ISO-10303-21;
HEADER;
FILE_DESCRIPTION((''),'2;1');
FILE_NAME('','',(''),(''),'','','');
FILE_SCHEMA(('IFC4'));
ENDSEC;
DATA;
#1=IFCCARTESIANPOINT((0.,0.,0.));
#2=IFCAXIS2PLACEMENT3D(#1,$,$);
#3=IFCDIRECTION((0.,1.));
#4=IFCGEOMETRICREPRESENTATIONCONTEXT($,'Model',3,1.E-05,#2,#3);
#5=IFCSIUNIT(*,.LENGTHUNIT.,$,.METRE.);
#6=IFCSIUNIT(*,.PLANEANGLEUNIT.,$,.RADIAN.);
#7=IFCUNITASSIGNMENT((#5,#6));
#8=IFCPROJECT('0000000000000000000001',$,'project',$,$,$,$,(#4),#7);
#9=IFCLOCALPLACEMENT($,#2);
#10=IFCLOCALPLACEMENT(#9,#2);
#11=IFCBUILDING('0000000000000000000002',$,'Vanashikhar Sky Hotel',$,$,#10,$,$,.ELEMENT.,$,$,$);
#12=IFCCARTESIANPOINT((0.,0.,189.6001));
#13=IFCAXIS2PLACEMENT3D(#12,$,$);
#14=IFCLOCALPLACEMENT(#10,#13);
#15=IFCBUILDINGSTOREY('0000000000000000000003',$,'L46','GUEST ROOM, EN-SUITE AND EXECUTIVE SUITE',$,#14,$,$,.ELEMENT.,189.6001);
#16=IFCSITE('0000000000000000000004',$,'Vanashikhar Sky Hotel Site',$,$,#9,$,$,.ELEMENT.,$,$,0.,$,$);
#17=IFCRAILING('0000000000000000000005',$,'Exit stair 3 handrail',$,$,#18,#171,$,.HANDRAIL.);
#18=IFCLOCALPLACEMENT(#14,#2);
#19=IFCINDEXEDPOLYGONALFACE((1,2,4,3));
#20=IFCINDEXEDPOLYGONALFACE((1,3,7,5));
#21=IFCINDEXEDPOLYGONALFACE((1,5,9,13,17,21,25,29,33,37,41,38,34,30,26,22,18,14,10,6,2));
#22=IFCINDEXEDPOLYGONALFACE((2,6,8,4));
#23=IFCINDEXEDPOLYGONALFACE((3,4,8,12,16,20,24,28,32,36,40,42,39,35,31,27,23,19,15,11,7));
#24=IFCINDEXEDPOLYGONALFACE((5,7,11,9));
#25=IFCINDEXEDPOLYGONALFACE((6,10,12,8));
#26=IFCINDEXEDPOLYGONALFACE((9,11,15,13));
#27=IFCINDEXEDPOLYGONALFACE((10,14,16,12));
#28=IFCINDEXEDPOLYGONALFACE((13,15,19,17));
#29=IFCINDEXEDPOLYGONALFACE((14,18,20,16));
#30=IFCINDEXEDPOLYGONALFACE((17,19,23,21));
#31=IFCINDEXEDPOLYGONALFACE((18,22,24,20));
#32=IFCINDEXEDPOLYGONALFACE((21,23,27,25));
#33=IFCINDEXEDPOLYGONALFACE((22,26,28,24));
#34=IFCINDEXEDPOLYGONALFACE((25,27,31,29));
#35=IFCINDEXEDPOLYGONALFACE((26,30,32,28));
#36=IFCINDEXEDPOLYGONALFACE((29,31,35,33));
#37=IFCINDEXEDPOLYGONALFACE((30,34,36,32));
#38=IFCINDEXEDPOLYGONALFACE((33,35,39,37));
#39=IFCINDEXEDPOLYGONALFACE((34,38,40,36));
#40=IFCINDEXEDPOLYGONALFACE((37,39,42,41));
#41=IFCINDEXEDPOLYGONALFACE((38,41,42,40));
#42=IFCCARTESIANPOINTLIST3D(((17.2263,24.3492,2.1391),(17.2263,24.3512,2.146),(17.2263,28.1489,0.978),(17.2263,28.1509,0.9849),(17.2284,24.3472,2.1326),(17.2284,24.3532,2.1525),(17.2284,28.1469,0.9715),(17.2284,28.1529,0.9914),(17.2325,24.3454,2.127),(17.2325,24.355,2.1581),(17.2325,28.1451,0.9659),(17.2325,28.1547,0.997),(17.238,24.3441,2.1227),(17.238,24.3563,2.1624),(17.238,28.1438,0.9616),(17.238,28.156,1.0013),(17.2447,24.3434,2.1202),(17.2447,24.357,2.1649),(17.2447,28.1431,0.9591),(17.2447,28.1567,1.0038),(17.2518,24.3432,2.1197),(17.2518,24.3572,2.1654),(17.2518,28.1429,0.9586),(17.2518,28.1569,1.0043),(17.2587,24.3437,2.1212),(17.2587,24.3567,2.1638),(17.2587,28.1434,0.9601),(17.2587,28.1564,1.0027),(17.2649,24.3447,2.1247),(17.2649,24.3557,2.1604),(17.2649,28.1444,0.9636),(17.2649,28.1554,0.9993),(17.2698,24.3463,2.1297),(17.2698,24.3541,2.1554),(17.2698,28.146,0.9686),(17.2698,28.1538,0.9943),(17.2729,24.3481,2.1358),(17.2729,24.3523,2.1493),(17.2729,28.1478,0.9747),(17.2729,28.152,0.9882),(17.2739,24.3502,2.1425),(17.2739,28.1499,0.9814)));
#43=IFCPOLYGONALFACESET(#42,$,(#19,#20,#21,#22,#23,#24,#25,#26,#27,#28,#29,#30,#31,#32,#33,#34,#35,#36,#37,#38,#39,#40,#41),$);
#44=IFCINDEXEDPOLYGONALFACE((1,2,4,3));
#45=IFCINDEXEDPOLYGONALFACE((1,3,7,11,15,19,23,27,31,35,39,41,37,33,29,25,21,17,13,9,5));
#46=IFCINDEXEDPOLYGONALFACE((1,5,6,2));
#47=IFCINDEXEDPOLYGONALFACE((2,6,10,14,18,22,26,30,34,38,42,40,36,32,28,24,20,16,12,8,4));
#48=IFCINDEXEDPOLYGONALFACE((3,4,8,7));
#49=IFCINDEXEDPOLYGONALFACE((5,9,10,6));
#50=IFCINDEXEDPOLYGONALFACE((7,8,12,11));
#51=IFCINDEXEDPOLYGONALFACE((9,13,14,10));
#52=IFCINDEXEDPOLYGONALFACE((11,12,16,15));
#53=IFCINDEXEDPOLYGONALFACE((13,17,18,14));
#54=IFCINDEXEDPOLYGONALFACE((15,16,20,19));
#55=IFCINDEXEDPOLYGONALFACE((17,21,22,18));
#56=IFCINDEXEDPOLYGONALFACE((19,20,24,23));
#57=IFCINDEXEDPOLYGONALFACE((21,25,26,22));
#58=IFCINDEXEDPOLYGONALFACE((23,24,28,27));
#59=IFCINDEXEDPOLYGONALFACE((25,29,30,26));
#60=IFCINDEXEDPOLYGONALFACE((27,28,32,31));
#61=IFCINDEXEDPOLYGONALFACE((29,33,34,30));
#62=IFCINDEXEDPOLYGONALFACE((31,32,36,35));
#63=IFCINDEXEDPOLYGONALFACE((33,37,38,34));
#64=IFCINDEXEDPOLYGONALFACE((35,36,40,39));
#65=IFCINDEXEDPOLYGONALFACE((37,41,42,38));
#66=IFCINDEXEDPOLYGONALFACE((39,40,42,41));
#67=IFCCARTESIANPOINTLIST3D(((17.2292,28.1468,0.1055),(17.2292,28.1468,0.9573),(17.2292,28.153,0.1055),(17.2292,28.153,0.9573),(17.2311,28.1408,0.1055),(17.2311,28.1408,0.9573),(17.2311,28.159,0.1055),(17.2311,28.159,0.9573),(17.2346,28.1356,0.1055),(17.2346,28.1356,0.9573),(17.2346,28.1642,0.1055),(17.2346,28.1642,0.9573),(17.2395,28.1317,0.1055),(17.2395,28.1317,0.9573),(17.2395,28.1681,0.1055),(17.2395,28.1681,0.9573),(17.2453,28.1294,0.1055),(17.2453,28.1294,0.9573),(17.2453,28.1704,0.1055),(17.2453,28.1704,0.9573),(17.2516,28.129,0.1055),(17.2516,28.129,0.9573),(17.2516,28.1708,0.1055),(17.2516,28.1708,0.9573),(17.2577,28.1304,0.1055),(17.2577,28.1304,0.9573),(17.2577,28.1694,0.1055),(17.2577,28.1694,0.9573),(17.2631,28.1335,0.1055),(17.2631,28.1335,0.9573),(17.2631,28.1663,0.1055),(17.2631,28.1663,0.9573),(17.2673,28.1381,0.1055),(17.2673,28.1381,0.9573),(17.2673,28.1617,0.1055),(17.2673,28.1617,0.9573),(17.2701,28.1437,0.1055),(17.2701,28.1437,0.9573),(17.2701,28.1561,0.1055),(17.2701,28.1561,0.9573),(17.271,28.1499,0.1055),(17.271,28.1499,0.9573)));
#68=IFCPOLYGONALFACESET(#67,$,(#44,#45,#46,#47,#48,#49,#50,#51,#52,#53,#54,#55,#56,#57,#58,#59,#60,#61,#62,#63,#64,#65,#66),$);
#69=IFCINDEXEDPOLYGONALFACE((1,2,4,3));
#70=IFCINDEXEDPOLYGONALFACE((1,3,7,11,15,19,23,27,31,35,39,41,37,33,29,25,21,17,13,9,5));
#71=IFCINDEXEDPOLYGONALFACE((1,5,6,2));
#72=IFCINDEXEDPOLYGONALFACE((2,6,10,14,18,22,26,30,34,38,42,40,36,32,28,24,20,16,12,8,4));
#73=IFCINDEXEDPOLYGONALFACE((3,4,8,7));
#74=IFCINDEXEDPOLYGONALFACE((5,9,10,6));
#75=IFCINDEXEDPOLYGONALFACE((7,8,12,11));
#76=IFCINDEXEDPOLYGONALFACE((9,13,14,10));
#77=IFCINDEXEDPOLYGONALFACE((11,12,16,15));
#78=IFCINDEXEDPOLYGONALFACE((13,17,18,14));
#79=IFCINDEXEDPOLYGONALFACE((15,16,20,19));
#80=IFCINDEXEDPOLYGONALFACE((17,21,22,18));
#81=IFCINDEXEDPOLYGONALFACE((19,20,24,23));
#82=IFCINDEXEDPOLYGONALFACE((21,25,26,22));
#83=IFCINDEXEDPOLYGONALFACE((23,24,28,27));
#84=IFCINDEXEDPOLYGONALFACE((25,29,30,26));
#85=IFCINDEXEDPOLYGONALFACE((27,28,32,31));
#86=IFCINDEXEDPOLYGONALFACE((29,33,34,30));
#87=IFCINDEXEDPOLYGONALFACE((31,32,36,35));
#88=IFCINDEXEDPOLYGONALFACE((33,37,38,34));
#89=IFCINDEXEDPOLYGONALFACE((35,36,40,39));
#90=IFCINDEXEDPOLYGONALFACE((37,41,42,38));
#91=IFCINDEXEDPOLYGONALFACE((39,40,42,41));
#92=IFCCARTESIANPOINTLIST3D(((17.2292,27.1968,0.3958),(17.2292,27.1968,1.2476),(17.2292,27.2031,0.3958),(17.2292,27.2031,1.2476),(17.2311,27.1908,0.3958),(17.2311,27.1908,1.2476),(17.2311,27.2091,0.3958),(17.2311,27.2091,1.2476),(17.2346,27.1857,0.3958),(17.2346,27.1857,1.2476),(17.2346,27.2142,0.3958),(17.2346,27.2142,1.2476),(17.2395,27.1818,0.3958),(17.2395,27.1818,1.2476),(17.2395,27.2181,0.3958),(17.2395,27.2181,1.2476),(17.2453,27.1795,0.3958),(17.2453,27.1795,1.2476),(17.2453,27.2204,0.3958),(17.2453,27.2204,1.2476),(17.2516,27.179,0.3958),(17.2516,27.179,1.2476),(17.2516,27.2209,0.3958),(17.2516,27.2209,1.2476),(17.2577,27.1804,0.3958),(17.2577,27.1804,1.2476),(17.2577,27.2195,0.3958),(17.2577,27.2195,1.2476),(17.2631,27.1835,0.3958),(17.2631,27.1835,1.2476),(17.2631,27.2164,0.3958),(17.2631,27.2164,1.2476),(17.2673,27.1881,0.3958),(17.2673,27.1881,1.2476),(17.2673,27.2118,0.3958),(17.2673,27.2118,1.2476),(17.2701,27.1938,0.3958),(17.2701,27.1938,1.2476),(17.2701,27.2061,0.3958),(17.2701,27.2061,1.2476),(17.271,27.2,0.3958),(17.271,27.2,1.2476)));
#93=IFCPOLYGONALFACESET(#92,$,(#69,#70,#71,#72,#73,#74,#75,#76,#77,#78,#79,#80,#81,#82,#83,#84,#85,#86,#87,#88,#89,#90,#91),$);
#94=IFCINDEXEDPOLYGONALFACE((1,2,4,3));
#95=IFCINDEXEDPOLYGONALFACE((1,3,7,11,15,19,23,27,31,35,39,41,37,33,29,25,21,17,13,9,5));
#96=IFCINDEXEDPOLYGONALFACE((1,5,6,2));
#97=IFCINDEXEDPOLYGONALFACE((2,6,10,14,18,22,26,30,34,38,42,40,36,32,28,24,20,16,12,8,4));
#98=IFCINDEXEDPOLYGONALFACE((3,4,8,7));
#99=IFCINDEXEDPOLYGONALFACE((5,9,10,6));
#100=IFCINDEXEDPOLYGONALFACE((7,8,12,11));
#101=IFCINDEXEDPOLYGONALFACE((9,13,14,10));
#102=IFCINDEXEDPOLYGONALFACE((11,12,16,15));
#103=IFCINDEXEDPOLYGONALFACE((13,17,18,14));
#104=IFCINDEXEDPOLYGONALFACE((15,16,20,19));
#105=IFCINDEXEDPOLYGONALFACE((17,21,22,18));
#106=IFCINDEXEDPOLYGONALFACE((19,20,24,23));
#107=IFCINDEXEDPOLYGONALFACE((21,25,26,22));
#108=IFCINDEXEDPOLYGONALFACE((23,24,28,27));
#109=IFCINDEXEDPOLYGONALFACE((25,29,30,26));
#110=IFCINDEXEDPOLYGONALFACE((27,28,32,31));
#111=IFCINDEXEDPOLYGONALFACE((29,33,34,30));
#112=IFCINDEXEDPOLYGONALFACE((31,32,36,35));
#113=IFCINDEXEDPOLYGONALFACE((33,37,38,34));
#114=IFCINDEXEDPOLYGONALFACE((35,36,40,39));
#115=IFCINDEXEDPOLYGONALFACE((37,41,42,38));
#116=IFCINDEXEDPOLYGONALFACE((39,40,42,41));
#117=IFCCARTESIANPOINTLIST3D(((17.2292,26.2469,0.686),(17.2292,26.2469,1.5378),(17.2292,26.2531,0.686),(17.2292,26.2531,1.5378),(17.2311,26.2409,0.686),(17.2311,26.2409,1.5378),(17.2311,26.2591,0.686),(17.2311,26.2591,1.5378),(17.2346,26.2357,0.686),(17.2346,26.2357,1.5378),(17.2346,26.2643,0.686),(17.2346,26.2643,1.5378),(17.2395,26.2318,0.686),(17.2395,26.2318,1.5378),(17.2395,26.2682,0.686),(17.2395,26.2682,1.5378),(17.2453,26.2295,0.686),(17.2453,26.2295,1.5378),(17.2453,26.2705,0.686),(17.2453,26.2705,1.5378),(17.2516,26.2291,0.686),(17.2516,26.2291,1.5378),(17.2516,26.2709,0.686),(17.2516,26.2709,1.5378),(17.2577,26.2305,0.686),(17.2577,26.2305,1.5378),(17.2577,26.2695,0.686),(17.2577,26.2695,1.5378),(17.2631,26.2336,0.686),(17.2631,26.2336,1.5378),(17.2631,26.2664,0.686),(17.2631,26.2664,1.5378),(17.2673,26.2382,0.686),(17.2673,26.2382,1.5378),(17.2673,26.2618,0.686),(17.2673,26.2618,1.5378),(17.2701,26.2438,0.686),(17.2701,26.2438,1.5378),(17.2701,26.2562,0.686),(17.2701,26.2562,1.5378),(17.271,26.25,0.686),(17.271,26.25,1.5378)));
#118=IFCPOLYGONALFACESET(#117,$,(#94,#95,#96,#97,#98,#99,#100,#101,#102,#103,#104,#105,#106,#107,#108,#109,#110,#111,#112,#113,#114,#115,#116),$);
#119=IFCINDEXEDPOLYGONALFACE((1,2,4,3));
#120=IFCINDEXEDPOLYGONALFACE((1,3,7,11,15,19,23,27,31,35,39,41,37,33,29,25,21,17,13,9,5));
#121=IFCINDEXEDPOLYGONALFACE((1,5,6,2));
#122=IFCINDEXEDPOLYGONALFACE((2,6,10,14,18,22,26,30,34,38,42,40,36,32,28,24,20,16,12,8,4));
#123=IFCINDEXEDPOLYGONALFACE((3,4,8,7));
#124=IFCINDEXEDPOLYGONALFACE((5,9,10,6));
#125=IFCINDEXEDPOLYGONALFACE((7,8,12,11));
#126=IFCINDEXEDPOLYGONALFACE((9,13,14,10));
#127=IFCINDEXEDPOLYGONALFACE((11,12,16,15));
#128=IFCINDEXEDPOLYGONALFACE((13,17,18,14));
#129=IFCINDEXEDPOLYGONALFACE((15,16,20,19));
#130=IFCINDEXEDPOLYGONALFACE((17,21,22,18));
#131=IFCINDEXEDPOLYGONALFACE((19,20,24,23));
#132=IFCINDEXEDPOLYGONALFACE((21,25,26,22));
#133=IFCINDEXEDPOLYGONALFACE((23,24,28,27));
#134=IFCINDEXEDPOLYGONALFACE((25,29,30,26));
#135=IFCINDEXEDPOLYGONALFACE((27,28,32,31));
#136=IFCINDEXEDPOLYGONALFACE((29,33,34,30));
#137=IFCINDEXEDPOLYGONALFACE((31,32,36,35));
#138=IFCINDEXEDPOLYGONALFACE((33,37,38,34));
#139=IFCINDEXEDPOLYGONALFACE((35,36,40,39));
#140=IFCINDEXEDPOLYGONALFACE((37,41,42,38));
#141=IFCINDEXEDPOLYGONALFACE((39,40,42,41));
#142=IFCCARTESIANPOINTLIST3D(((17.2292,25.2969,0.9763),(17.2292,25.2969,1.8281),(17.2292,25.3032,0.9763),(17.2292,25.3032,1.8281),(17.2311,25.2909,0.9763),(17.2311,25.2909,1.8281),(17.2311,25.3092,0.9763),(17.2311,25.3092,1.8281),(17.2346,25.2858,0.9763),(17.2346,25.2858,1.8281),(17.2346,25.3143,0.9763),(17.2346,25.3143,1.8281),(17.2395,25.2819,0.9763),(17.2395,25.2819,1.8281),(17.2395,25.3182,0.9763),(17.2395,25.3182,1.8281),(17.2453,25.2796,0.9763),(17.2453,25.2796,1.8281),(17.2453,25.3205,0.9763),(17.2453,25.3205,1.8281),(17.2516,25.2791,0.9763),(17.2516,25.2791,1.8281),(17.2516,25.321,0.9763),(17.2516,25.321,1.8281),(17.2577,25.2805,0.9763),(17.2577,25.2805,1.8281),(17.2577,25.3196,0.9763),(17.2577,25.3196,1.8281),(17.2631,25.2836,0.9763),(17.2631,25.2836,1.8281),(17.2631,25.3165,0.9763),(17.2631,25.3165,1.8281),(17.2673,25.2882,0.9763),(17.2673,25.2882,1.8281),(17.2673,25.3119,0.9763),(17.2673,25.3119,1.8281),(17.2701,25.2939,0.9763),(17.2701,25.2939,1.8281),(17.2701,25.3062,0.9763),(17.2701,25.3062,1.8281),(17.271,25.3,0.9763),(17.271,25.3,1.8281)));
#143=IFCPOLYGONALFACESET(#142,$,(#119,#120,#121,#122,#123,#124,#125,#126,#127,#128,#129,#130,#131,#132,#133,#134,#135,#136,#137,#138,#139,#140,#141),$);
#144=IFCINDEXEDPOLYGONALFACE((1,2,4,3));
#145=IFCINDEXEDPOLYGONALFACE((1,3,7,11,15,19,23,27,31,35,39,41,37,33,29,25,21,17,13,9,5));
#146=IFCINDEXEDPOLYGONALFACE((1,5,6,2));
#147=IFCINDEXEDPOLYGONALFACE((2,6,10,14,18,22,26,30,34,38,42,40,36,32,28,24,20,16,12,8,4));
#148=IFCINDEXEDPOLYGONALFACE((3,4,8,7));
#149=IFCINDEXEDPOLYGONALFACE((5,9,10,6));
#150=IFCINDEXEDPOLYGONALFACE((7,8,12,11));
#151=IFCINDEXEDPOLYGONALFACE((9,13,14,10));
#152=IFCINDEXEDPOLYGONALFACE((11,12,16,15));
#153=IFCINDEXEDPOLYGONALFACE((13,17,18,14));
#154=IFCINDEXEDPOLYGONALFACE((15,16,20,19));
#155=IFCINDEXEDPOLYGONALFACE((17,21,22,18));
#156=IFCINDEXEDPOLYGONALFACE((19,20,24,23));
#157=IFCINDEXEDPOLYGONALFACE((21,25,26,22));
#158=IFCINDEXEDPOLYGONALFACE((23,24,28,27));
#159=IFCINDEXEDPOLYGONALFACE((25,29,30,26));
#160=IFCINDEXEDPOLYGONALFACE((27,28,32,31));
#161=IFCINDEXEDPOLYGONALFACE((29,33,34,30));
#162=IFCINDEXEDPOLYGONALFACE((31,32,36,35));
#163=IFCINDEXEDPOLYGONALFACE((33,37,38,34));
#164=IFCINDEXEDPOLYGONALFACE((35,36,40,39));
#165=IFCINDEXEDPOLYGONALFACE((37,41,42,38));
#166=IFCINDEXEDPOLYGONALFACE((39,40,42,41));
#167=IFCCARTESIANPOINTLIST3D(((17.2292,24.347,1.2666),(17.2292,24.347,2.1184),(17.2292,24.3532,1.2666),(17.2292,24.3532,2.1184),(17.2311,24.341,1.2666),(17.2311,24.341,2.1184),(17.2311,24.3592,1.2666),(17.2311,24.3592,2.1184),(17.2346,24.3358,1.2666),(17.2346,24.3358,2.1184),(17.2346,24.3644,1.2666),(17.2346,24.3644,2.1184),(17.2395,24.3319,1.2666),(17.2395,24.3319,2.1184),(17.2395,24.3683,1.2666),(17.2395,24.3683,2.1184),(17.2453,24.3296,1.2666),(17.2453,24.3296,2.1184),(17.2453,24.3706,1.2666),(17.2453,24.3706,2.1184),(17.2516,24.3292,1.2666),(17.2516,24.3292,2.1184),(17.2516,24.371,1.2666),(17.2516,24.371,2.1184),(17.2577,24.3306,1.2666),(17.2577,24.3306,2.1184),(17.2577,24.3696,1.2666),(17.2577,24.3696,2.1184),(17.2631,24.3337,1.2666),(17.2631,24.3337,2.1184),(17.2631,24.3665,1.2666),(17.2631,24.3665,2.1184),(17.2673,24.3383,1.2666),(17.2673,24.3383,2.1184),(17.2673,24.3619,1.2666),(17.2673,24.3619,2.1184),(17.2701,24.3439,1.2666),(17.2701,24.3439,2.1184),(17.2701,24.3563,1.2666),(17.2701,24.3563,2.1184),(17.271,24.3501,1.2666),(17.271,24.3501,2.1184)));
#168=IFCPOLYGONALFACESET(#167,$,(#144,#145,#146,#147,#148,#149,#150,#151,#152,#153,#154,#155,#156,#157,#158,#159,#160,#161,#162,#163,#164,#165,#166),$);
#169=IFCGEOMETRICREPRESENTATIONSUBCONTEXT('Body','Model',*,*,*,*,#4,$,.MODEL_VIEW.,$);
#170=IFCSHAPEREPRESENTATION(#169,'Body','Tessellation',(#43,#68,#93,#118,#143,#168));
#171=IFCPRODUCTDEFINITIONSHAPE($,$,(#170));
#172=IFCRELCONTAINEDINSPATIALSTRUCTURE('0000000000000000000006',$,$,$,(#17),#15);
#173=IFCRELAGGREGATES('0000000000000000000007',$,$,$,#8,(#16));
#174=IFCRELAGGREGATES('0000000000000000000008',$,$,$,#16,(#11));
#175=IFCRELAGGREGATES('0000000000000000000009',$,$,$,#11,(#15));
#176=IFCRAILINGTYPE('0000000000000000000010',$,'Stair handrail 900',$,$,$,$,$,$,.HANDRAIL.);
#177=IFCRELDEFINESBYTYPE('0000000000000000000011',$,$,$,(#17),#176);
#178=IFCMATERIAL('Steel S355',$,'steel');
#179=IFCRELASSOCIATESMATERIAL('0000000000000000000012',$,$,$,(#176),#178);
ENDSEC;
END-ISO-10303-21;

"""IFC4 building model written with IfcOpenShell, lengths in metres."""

from ifc_helpers import new_model, si_unit, direction, frame, origin, origin_2d, place, context, subcontext, project, spatial, circle, extrude, source, transform, mapped, material, type_object, element, save


model = new_model("IFC4")

# Units and contexts
model_context = context("Model", 3, precision=1e-05, world=origin(), true_north=direction((0.0, 1.0)))
body_context = subcontext(model_context, "Body", "Model", "MODEL_VIEW")
ifc_project = project(units=[si_unit("LENGTHUNIT", "METRE"), si_unit("PLANEANGLEUNIT", "RADIAN")], contexts=[model_context])

# Site, building, storey
site_placement = place(None, origin())
site = spatial("IfcSite", under=ifc_project, at=site_placement, Name="Vanashikhar Sky Hotel Site", CompositionType="ELEMENT", RefElevation=0.0)
building_placement = place(site_placement, origin())
building = spatial("IfcBuilding", under=site, at=building_placement, Name="Vanashikhar Sky Hotel", CompositionType="ELEMENT")
storey_placement = place(building_placement, frame((0.0, 0.0, 189.6001)))
storey = spatial("IfcBuildingStorey", under=building, at=storey_placement, Name="L46", Description="GUEST ROOM, EN-SUITE AND EXECUTIVE SUITE", CompositionType="ELEMENT", Elevation=189.6001)

# Railing
ifc_material_1 = material(Name="Steel S355", Category="steel")
railing_type_1 = type_object("IfcRailingType", Name="Stair handrail 900", PredefinedType="HANDRAIL", material=ifc_material_1)
shared_shape_1 = source(origin(), body_context, "Body", "SweptSolid", [
    extrude(circle(Radius=0.0239, at=origin_2d()), frame((0.0, 0.0, 0.876), z_axis=(0.0, -0.956346, 0.292237), x_axis=(1.0, 0.0, 0.0)), (0.0, 0.0, 1.0), 3.9731),
    extrude(circle(Radius=0.021, at=origin_2d()), origin(), (0.0, 0.0, 1.0), 0.8518),
    extrude(circle(Radius=0.021, at=origin_2d()), frame((0.0, -0.95, 0.2903)), (0.0, 0.0, 1.0), 0.8518),
    extrude(circle(Radius=0.021, at=origin_2d()), frame((0.0, -1.8999, 0.5806)), (0.0, 0.0, 1.0), 0.8518),
    extrude(circle(Radius=0.021, at=origin_2d()), frame((0.0, -2.8499, 0.8708)), (0.0, 0.0, 1.0), 0.8518),
    extrude(circle(Radius=0.021, at=origin_2d()), frame((0.0, -3.7998, 1.1611)), (0.0, 0.0, 1.0), 0.8518),
])
for number, where, name in (
    (1, (17.25, 28.1499, 0.1055), "Exit stair 3 handrail"),
):
    element("IfcRailing", number, at=place(storey_placement, frame(where)), inside=storey, type_object=railing_type_1, Name=name, PredefinedType="HANDRAIL", context=body_context, shape_type="MappedRepresentation", body=[
        mapped(shared_shape_1, transform((0.0, 0.0, 0.0), scale=1.0)),
    ])

save(model, "model.ifc")
